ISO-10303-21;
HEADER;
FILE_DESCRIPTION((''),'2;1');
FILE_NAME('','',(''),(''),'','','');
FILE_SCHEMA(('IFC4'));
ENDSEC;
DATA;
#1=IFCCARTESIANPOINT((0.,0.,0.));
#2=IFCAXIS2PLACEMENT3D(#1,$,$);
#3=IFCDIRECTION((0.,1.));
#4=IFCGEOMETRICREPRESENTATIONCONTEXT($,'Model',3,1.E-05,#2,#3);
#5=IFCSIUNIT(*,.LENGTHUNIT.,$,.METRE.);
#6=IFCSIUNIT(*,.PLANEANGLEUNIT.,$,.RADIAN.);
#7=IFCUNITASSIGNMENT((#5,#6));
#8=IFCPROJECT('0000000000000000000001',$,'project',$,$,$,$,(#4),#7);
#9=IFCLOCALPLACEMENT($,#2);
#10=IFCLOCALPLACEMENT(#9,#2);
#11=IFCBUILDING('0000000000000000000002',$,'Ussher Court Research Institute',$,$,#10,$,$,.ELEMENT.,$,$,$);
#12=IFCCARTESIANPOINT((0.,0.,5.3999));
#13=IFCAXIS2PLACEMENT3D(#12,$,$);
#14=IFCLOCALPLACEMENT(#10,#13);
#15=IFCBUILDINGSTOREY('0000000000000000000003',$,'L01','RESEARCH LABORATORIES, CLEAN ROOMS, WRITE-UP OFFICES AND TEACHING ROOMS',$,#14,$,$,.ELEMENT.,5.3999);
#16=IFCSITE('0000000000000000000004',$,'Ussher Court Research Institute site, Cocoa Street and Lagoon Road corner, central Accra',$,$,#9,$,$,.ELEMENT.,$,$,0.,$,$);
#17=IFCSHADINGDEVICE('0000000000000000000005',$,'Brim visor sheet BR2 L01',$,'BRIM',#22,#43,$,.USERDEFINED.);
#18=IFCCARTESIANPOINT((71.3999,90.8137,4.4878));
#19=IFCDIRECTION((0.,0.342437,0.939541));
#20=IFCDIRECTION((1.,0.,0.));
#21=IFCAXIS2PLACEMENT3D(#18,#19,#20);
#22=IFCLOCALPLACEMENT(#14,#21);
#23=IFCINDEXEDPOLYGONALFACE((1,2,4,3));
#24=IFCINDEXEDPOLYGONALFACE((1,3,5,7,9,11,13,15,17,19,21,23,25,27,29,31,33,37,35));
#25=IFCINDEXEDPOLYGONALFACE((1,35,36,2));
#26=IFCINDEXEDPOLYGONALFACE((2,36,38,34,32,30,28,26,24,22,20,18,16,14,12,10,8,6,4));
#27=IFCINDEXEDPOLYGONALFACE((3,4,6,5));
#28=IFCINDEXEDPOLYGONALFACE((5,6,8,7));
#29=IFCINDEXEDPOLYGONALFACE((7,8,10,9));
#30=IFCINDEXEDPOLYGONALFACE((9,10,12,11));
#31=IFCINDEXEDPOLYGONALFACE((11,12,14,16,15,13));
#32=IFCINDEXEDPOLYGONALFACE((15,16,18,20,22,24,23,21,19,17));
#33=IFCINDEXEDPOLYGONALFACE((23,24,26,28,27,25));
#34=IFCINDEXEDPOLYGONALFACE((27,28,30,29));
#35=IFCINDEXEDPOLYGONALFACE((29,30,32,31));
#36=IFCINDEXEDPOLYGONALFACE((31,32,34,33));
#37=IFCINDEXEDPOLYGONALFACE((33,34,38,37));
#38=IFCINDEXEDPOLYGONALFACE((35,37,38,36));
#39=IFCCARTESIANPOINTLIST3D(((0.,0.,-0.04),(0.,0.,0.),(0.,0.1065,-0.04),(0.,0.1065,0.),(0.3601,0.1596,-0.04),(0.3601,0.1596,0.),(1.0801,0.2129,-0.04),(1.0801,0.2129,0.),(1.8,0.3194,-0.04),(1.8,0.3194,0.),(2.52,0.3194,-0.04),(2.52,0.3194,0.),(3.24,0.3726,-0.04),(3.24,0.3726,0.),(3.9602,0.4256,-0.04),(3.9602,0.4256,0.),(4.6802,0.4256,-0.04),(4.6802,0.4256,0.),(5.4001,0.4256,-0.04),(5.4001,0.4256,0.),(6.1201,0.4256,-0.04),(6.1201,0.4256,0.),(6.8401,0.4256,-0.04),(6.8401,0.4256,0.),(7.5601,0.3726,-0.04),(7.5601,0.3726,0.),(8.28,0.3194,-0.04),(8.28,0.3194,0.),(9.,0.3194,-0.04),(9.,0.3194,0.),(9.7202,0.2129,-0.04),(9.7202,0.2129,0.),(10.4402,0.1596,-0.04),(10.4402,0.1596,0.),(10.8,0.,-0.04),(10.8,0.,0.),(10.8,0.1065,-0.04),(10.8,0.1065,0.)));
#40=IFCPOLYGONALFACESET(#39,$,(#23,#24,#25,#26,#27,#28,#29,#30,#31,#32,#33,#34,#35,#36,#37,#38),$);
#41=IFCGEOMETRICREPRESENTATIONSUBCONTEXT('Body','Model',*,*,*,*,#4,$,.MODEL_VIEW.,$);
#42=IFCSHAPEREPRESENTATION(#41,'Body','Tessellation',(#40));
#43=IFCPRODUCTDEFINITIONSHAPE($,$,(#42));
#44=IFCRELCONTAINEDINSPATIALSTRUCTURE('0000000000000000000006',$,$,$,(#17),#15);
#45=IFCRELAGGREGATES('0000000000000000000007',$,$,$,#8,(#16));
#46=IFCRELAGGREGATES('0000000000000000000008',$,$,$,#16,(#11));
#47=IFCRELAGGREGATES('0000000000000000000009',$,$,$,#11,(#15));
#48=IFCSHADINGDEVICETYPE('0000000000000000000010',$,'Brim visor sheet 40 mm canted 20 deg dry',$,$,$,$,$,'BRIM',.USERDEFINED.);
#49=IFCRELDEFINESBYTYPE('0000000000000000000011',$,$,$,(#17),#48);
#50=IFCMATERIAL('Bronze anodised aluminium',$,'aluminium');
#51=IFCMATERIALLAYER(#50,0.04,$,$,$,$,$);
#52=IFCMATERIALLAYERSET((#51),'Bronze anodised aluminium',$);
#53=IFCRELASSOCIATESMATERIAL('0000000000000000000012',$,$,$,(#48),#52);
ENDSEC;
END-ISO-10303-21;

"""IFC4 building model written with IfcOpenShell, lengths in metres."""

from ifc_helpers import new_model, si_unit, direction, frame, origin, place, context, subcontext, project, spatial, polyline, outline, extrude, material, layer, layer_set, type_object, element, save


model = new_model("IFC4")

# Units and contexts
model_context = context("Model", 3, precision=1e-05, world=origin(), true_north=direction((0.0, 1.0)))
body_context = subcontext(model_context, "Body", "Model", "MODEL_VIEW")
ifc_project = project(units=[si_unit("LENGTHUNIT", "METRE"), si_unit("PLANEANGLEUNIT", "RADIAN")], contexts=[model_context])

# Site, building, storey
site_placement = place(None, origin())
site = spatial("IfcSite", under=ifc_project, at=site_placement, Name="Ussher Court Research Institute site, Cocoa Street and Lagoon Road corner, central Accra", CompositionType="ELEMENT", RefElevation=0.0)
building_placement = place(site_placement, origin())
building = spatial("IfcBuilding", under=site, at=building_placement, Name="Ussher Court Research Institute", CompositionType="ELEMENT")
storey_placement = place(building_placement, frame((0.0, 0.0, 5.3999)))
storey = spatial("IfcBuildingStorey", under=building, at=storey_placement, Name="L01", Description="RESEARCH LABORATORIES, CLEAN ROOMS, WRITE-UP OFFICES AND TEACHING ROOMS", CompositionType="ELEMENT", Elevation=5.3999)

# Shading device
ifc_material_1 = material(Name="Bronze anodised aluminium", Category="aluminium")
ifc_layer_1 = layer(ifc_material_1, 0.04)
ifc_layer_set_1 = layer_set([ifc_layer_1], Name="Bronze anodised aluminium")
shading_device_type_1 = type_object("IfcShadingDeviceType", Name="Brim visor sheet 40 mm canted 20 deg dry", ElementType="BRIM", PredefinedType="USERDEFINED", material=ifc_layer_set_1)
shading_device_placement = place(storey_placement, frame((71.3999, 90.8137, 4.4878), z_axis=(0.0, 0.342437, 0.939541), x_axis=(1.0, 0.0, 0.0)))
element("IfcShadingDevice", 1, at=shading_device_placement, inside=storey, type_object=shading_device_type_1, Name="Brim visor sheet BR2 L01", ObjectType="BRIM", PredefinedType="USERDEFINED", context=body_context, shape_type="SweptSolid", body=[
    extrude(outline(polyline([(0.0, 0.0), (10.8, 0.0), (10.8, 0.1065), (10.4402, 0.1596), (9.7202, 0.2129), (9.0, 0.3194), (8.28, 0.3194), (7.5601, 0.3726), (6.8401, 0.4256), (6.1201, 0.4256), (5.4001, 0.4256), (4.6802, 0.4256), (3.9602, 0.4256), (3.24, 0.3726), (2.52, 0.3194), (1.8, 0.3194), (1.0801, 0.2129), (0.3601, 0.1596), (0.0, 0.1065), (0.0, 0.0)])), origin(), (0.0, 0.0, -1.0), 0.04),
])

save(model, "model.ifc")
